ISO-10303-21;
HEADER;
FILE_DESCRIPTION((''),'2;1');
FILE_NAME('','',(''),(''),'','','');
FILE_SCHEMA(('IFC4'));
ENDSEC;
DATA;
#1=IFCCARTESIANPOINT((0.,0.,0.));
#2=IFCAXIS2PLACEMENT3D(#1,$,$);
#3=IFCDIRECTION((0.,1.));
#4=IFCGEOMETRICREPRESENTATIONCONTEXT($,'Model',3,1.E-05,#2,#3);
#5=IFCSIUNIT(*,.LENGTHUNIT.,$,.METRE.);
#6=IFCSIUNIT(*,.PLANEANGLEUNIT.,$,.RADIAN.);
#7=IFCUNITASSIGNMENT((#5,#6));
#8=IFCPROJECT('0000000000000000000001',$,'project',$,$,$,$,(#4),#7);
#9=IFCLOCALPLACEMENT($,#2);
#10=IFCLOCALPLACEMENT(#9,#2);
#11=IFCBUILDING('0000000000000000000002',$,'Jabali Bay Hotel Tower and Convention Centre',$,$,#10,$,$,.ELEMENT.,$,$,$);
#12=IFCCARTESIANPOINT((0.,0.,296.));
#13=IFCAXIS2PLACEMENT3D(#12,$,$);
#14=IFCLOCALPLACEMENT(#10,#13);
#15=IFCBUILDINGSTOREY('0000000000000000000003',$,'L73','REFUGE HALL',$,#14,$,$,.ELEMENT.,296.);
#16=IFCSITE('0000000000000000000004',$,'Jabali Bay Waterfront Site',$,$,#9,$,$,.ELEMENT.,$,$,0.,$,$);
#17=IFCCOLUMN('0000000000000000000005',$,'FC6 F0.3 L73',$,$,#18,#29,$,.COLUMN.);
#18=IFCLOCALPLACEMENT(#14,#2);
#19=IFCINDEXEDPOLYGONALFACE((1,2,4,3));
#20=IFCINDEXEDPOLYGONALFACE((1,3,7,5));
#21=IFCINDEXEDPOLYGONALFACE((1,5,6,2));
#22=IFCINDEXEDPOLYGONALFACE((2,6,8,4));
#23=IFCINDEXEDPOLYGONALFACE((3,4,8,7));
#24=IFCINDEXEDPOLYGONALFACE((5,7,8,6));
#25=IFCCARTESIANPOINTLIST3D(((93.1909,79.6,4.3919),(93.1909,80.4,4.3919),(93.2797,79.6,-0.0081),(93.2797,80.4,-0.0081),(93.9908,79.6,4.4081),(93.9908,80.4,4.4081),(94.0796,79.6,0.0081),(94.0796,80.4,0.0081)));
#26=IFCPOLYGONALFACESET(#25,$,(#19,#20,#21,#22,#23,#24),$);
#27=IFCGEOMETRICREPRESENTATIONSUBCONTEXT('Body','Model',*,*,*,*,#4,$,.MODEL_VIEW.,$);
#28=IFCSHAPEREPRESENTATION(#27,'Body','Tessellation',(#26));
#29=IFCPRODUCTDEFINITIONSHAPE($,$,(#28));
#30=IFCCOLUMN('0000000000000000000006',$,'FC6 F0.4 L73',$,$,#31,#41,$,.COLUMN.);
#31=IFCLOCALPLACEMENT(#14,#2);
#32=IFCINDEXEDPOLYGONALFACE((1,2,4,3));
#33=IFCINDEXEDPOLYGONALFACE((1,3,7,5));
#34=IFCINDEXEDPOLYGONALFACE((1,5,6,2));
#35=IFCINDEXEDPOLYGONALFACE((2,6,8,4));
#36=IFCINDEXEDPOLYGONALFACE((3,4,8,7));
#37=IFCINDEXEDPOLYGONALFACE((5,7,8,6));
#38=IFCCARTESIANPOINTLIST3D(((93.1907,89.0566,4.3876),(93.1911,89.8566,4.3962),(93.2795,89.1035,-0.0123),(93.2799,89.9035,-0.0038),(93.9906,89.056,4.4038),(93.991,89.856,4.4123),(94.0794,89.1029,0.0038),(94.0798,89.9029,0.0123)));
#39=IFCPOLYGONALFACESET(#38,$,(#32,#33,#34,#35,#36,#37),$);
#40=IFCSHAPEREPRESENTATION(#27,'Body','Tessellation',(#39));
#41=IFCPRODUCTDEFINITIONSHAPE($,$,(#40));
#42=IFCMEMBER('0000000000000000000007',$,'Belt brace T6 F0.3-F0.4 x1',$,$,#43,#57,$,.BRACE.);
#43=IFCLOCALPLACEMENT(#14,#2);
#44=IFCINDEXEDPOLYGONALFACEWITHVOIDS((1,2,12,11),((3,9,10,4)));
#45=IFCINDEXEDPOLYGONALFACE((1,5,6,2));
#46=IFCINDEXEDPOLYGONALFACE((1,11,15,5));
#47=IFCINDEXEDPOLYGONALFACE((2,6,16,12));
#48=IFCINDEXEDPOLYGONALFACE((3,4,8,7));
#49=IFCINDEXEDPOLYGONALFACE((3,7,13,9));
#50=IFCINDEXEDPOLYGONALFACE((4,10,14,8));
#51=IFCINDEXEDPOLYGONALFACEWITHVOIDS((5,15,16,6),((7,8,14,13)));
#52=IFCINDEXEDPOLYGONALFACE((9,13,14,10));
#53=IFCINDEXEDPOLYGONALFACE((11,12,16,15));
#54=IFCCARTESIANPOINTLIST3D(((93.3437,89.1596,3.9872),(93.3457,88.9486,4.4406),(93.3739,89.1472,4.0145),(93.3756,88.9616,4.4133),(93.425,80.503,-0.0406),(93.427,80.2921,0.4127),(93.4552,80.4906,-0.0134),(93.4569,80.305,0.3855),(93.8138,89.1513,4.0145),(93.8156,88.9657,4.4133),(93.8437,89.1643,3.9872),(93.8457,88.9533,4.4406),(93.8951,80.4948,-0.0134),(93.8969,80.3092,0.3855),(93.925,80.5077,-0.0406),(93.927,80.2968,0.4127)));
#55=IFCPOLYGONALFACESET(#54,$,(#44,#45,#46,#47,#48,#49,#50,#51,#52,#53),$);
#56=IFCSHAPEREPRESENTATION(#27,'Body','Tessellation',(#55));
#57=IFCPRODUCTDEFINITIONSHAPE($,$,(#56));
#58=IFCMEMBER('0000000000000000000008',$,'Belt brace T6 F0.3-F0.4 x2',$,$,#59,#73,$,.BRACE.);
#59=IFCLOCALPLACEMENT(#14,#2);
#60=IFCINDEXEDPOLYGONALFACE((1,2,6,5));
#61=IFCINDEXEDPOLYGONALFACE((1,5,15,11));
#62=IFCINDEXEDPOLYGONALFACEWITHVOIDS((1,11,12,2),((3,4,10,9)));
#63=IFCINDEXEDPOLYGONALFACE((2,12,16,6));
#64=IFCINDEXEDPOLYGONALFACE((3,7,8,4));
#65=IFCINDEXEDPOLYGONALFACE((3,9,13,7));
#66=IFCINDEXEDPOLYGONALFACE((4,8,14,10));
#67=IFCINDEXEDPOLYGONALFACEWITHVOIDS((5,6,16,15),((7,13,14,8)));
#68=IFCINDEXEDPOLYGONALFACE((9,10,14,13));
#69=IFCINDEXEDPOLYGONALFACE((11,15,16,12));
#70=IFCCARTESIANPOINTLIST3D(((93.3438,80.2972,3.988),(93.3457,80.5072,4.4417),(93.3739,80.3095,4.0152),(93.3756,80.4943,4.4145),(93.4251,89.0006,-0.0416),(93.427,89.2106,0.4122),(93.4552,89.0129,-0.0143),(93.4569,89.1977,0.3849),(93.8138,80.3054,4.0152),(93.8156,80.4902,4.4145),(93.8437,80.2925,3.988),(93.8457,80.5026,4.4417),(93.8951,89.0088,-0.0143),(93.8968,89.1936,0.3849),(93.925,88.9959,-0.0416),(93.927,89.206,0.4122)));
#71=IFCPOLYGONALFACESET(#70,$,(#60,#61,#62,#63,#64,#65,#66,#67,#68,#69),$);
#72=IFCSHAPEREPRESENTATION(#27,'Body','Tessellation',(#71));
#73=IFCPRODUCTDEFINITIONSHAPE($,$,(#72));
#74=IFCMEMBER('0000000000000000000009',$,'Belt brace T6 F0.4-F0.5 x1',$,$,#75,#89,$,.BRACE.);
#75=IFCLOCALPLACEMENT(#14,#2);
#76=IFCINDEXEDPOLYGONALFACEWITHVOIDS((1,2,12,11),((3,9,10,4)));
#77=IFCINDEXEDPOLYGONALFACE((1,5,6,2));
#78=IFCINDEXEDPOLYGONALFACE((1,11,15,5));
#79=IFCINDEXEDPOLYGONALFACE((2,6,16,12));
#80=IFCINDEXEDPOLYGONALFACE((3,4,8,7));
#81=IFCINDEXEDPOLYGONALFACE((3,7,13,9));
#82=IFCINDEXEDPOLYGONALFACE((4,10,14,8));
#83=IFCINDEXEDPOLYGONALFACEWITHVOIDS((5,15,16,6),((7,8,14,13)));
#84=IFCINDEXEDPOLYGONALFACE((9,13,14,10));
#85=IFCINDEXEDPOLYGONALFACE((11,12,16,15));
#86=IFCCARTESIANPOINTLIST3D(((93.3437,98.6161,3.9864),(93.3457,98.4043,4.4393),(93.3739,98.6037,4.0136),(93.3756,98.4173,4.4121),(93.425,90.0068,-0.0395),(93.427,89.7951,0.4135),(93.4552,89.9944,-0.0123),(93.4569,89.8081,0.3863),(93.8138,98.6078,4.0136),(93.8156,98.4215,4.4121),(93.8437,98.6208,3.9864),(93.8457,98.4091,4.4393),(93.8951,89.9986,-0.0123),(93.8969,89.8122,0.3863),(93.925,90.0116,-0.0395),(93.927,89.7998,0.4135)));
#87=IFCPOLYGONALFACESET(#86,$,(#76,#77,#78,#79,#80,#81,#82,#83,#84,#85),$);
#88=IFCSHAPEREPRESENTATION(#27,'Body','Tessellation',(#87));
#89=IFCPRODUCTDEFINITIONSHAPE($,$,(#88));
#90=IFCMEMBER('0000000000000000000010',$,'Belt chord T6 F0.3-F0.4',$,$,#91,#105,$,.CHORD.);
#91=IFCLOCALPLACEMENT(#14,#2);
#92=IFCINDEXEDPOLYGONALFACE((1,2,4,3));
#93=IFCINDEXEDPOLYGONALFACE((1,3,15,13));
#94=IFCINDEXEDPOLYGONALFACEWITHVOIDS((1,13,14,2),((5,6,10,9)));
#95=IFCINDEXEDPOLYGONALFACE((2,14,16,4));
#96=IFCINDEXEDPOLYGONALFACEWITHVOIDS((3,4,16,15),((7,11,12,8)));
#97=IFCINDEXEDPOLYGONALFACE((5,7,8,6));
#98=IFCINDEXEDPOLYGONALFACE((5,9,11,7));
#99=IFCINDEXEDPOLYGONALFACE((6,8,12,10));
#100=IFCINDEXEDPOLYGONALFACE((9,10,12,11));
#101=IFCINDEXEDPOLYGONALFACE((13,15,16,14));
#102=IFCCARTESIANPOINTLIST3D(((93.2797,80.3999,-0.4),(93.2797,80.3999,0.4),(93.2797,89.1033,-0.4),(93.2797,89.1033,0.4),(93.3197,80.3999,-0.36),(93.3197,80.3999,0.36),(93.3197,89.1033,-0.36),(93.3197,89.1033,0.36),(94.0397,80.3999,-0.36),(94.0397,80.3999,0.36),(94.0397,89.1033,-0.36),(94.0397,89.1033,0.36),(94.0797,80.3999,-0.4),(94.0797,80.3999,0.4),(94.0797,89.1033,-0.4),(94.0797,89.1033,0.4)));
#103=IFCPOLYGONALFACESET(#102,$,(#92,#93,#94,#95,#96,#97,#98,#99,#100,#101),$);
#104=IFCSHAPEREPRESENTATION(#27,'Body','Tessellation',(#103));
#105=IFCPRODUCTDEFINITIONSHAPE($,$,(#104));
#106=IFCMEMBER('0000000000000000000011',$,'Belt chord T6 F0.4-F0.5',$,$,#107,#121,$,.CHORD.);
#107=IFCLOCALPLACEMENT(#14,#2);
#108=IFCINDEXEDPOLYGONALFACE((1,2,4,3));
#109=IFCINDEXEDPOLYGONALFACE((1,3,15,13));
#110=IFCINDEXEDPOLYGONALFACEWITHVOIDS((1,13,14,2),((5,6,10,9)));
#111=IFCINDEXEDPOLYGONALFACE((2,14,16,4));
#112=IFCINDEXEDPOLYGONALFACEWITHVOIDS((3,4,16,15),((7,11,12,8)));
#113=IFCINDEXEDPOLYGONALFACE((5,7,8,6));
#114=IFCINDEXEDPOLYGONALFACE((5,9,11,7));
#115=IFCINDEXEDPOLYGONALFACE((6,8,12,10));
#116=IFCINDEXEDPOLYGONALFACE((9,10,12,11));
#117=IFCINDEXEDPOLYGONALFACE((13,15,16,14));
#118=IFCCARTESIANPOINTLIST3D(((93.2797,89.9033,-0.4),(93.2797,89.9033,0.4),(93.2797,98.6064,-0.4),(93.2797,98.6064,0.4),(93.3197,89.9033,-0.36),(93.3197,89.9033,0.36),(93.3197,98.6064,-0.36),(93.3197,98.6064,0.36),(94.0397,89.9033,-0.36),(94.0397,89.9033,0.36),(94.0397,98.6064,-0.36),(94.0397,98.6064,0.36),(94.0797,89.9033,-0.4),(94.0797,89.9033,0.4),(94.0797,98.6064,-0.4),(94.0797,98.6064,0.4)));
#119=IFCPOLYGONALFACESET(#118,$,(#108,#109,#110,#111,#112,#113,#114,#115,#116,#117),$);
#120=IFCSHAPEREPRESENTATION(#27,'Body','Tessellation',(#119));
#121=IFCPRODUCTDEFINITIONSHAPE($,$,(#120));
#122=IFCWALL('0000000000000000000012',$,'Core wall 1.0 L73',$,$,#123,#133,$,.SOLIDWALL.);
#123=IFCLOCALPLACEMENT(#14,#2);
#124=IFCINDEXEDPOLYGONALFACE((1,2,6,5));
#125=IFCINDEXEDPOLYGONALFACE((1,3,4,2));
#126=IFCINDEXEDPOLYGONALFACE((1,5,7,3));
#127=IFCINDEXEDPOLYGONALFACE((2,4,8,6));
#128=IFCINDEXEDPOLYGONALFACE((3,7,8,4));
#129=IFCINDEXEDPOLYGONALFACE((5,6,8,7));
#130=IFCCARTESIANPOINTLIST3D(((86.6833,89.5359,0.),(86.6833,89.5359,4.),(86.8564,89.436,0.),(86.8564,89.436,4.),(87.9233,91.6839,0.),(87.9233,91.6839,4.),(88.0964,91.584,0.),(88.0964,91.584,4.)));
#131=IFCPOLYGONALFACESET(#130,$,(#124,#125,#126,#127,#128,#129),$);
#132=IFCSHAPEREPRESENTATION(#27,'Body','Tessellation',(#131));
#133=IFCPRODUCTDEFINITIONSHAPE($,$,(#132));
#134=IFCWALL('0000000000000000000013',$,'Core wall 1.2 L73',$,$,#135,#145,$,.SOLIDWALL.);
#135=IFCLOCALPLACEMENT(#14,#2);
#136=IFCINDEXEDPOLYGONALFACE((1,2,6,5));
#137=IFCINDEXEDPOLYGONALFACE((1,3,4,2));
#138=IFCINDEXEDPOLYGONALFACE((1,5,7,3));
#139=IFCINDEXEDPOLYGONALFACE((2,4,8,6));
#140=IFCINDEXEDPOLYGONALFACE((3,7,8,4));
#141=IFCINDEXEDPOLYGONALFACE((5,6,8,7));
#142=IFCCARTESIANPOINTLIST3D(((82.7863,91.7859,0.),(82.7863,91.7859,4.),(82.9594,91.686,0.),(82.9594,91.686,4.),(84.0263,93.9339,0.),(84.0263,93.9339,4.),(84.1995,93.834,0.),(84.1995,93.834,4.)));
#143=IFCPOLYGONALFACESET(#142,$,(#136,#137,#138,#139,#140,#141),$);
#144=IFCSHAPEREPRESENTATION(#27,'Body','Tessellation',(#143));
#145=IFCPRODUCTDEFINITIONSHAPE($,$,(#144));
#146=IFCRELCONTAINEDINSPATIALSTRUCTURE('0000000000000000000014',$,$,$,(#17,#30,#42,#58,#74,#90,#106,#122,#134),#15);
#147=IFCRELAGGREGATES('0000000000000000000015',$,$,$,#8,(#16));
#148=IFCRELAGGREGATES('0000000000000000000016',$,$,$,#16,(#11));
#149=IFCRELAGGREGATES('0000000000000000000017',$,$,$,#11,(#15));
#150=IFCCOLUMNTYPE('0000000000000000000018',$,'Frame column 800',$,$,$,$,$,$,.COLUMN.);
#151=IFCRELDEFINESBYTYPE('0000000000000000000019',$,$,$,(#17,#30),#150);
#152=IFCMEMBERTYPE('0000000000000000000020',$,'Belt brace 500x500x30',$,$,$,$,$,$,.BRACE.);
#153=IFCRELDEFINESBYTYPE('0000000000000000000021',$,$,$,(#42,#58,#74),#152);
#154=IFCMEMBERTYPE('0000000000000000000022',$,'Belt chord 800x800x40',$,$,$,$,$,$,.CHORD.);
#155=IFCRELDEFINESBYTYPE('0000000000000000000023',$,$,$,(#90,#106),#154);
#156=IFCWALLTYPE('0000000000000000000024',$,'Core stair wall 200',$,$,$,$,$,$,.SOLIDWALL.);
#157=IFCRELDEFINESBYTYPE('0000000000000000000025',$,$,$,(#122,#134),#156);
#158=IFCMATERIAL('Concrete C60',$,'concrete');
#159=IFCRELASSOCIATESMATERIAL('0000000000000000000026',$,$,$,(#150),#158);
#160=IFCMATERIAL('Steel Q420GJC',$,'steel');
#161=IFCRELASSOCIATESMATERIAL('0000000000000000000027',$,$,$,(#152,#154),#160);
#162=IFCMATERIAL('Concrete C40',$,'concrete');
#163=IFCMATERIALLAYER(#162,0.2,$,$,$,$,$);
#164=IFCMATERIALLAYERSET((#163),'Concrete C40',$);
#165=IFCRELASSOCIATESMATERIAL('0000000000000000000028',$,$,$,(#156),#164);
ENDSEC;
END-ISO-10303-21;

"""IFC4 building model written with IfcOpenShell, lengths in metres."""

from ifc_helpers import new_model, si_unit, direction, frame, frame_2d, origin, origin_2d, place, context, subcontext, project, spatial, rectangle, hollow_rectangle, extrude, material, layer, layer_set, material_profile, profile_set, type_object, element, save


model = new_model("IFC4")

# Units and contexts
model_context = context("Model", 3, precision=1e-05, world=origin(), true_north=direction((0.0, 1.0)))
body_context = subcontext(model_context, "Body", "Model", "MODEL_VIEW")
ifc_project = project(units=[si_unit("LENGTHUNIT", "METRE"), si_unit("PLANEANGLEUNIT", "RADIAN")], contexts=[model_context])

# Site, building, storey
site_placement = place(None, origin())
site = spatial("IfcSite", under=ifc_project, at=site_placement, Name="Jabali Bay Waterfront Site", CompositionType="ELEMENT", RefElevation=0.0)
building_placement = place(site_placement, origin())
building = spatial("IfcBuilding", under=site, at=building_placement, Name="Jabali Bay Hotel Tower and Convention Centre", CompositionType="ELEMENT")
storey_placement = place(building_placement, frame((0.0, 0.0, 296.0)))
storey = spatial("IfcBuildingStorey", under=building, at=storey_placement, Name="L73", Description="REFUGE HALL", CompositionType="ELEMENT", Elevation=296.0)

# Columns
ifc_material_1 = material(Name="Concrete C60", Category="concrete")
ifc_material_profile_1 = material_profile(ifc_material_1, rectangle(XDim=0.8, YDim=0.8, at=origin_2d()), Name="Frame column 800")
ifc_profile_set_1 = profile_set([ifc_material_profile_1], Name="Concrete C60")
column_type = type_object("IfcColumnType", Name="Frame column 800", PredefinedType="COLUMN", material=ifc_profile_set_1)
column_1_placement = place(storey_placement, frame((93.6797, 80.0, 0.0), z_axis=(-0.020193, 0.0, 0.999796), x_axis=(0.0, -1.0, 0.0)))
element("IfcColumn", 1, at=column_1_placement, inside=storey, type_object=column_type, Name="FC6 F0.3 L73", PredefinedType="COLUMN", context=body_context, shape_type="SweptSolid", body=[
    extrude(rectangle(XDim=0.8, YDim=0.8, at=origin_2d()), origin(), (0.0, 0.0, 1.0), 4.4009),
])
column_2_placement = place(storey_placement, frame((93.6797, 89.5032, 0.0), z_axis=(-0.020192, -0.010651, 0.999739), x_axis=(0.999796, -0.000716, 0.020186)))
element("IfcColumn", 2, at=column_2_placement, inside=storey, type_object=column_type, Name="FC6 F0.4 L73", PredefinedType="COLUMN", context=body_context, shape_type="SweptSolid", body=[
    extrude(rectangle(XDim=0.8, YDim=0.8, at=origin_2d()), origin(), (0.0, 0.0, 1.0), 4.4011),
])

# Members
ifc_material_2 = material(Name="Steel Q420GJC", Category="steel")
ifc_material_profile_2 = material_profile(ifc_material_2, hollow_rectangle(XDim=0.5, YDim=0.5, WallThickness=0.03, at=origin_2d()), Name="Belt brace 500x500x30")
ifc_profile_set_2 = profile_set([ifc_material_profile_2], Name="Steel Q420GJC")
member_type_1 = type_object("IfcMemberType", Name="Belt brace 500x500x30", PredefinedType="BRACE", material=ifc_profile_set_2)
member_1_placement = place(storey_placement, frame((93.676, 80.3999, 0.186), z_axis=(-0.008515, 0.906626, 0.421849), x_axis=(-0.999956, -0.009391, 0.0)))
element("IfcMember", 3, at=member_1_placement, inside=storey, type_object=member_type_1, Name="Belt brace T6 F0.3-F0.4 x1", PredefinedType="BRACE", context=body_context, shape_type="SweptSolid", body=[
    extrude(hollow_rectangle(XDim=0.5, YDim=0.5, WallThickness=0.03, at=origin_2d()), origin(), (0.0, 0.0, 1.0), 9.5481),
])
member_2_placement = place(storey_placement, frame((93.676, 89.1033, 0.1853), z_axis=(-0.008476, -0.907426, 0.420126), x_axis=(0.999956, -0.009341, 0.0)))
element("IfcMember", 4, at=member_2_placement, inside=storey, type_object=member_type_1, Name="Belt brace T6 F0.3-F0.4 x2", PredefinedType="BRACE", context=body_context, shape_type="SweptSolid", body=[
    extrude(hollow_rectangle(XDim=0.5, YDim=0.5, WallThickness=0.03, at=origin_2d()), origin(), (0.0, 0.0, 1.0), 9.5913),
])
member_3_placement = place(storey_placement, frame((93.676, 89.9033, 0.187), z_axis=(-0.008554, 0.90582, 0.423576), x_axis=(-0.999955, -0.009443, 0.0)))
element("IfcMember", 5, at=member_3_placement, inside=storey, type_object=member_type_1, Name="Belt brace T6 F0.4-F0.5 x1", PredefinedType="BRACE", context=body_context, shape_type="SweptSolid", body=[
    extrude(hollow_rectangle(XDim=0.5, YDim=0.5, WallThickness=0.03, at=origin_2d()), origin(), (0.0, 0.0, 1.0), 9.5044),
])
ifc_material_profile_3 = material_profile(ifc_material_2, hollow_rectangle(XDim=0.8, YDim=0.8, WallThickness=0.04, at=origin_2d()), Name="Belt chord 800x800x40")
ifc_profile_set_3 = profile_set([ifc_material_profile_3], Name="Steel Q420GJC")
member_type_2 = type_object("IfcMemberType", Name="Belt chord 800x800x40", PredefinedType="CHORD", material=ifc_profile_set_3)
member_4_placement = place(storey_placement, frame((93.6797, 80.3999, 0.0), z_axis=(0.0, 1.0, 0.0), x_axis=(-1.0, 0.0, 0.0)))
element("IfcMember", 6, at=member_4_placement, inside=storey, type_object=member_type_2, Name="Belt chord T6 F0.3-F0.4", PredefinedType="CHORD", context=body_context, shape_type="SweptSolid", body=[
    extrude(hollow_rectangle(XDim=0.8, YDim=0.8, WallThickness=0.04, at=origin_2d()), origin(), (0.0, 0.0, 1.0), 8.7034),
])
member_5_placement = place(storey_placement, frame((93.6797, 89.9033, 0.0), z_axis=(0.0, 1.0, 0.0), x_axis=(-1.0, 0.0, 0.0)))
element("IfcMember", 7, at=member_5_placement, inside=storey, type_object=member_type_2, Name="Belt chord T6 F0.4-F0.5", PredefinedType="CHORD", context=body_context, shape_type="SweptSolid", body=[
    extrude(hollow_rectangle(XDim=0.8, YDim=0.8, WallThickness=0.04, at=origin_2d()), origin(), (0.0, 0.0, 1.0), 8.7031),
])

# Walls
ifc_material_3 = material(Name="Concrete C40", Category="concrete")
ifc_layer_1 = layer(ifc_material_3, 0.2)
ifc_layer_set_1 = layer_set([ifc_layer_1], Name="Concrete C40")
wall_type_1 = type_object("IfcWallType", Name="Core stair wall 200", PredefinedType="SOLIDWALL", material=ifc_layer_set_1)
for number, where, z_axis, x_axis, name in (
    (8, (86.7698, 89.4858, 0.0), (0.0, 0.0, 1.0), (0.499961, 0.866048, 0.0), "Core wall 1.0 L73"),
    (9, (82.8728, 91.7358, 0.0), (0.0, 0.0, 1.0), (0.499961, 0.866048, 0.0), "Core wall 1.2 L73"),
):
    element("IfcWall", number, at=place(storey_placement, frame(where, z_axis=z_axis, x_axis=x_axis)), inside=storey, type_object=wall_type_1, Name=name, PredefinedType="SOLIDWALL", context=body_context, shape_type="SweptSolid", body=[
        extrude(rectangle(XDim=2.4802, YDim=0.2, at=frame_2d((1.2402, 0.0))), origin(), (0.0, 0.0, 1.0), 4.0),
    ])

save(model, "model.ifc")
